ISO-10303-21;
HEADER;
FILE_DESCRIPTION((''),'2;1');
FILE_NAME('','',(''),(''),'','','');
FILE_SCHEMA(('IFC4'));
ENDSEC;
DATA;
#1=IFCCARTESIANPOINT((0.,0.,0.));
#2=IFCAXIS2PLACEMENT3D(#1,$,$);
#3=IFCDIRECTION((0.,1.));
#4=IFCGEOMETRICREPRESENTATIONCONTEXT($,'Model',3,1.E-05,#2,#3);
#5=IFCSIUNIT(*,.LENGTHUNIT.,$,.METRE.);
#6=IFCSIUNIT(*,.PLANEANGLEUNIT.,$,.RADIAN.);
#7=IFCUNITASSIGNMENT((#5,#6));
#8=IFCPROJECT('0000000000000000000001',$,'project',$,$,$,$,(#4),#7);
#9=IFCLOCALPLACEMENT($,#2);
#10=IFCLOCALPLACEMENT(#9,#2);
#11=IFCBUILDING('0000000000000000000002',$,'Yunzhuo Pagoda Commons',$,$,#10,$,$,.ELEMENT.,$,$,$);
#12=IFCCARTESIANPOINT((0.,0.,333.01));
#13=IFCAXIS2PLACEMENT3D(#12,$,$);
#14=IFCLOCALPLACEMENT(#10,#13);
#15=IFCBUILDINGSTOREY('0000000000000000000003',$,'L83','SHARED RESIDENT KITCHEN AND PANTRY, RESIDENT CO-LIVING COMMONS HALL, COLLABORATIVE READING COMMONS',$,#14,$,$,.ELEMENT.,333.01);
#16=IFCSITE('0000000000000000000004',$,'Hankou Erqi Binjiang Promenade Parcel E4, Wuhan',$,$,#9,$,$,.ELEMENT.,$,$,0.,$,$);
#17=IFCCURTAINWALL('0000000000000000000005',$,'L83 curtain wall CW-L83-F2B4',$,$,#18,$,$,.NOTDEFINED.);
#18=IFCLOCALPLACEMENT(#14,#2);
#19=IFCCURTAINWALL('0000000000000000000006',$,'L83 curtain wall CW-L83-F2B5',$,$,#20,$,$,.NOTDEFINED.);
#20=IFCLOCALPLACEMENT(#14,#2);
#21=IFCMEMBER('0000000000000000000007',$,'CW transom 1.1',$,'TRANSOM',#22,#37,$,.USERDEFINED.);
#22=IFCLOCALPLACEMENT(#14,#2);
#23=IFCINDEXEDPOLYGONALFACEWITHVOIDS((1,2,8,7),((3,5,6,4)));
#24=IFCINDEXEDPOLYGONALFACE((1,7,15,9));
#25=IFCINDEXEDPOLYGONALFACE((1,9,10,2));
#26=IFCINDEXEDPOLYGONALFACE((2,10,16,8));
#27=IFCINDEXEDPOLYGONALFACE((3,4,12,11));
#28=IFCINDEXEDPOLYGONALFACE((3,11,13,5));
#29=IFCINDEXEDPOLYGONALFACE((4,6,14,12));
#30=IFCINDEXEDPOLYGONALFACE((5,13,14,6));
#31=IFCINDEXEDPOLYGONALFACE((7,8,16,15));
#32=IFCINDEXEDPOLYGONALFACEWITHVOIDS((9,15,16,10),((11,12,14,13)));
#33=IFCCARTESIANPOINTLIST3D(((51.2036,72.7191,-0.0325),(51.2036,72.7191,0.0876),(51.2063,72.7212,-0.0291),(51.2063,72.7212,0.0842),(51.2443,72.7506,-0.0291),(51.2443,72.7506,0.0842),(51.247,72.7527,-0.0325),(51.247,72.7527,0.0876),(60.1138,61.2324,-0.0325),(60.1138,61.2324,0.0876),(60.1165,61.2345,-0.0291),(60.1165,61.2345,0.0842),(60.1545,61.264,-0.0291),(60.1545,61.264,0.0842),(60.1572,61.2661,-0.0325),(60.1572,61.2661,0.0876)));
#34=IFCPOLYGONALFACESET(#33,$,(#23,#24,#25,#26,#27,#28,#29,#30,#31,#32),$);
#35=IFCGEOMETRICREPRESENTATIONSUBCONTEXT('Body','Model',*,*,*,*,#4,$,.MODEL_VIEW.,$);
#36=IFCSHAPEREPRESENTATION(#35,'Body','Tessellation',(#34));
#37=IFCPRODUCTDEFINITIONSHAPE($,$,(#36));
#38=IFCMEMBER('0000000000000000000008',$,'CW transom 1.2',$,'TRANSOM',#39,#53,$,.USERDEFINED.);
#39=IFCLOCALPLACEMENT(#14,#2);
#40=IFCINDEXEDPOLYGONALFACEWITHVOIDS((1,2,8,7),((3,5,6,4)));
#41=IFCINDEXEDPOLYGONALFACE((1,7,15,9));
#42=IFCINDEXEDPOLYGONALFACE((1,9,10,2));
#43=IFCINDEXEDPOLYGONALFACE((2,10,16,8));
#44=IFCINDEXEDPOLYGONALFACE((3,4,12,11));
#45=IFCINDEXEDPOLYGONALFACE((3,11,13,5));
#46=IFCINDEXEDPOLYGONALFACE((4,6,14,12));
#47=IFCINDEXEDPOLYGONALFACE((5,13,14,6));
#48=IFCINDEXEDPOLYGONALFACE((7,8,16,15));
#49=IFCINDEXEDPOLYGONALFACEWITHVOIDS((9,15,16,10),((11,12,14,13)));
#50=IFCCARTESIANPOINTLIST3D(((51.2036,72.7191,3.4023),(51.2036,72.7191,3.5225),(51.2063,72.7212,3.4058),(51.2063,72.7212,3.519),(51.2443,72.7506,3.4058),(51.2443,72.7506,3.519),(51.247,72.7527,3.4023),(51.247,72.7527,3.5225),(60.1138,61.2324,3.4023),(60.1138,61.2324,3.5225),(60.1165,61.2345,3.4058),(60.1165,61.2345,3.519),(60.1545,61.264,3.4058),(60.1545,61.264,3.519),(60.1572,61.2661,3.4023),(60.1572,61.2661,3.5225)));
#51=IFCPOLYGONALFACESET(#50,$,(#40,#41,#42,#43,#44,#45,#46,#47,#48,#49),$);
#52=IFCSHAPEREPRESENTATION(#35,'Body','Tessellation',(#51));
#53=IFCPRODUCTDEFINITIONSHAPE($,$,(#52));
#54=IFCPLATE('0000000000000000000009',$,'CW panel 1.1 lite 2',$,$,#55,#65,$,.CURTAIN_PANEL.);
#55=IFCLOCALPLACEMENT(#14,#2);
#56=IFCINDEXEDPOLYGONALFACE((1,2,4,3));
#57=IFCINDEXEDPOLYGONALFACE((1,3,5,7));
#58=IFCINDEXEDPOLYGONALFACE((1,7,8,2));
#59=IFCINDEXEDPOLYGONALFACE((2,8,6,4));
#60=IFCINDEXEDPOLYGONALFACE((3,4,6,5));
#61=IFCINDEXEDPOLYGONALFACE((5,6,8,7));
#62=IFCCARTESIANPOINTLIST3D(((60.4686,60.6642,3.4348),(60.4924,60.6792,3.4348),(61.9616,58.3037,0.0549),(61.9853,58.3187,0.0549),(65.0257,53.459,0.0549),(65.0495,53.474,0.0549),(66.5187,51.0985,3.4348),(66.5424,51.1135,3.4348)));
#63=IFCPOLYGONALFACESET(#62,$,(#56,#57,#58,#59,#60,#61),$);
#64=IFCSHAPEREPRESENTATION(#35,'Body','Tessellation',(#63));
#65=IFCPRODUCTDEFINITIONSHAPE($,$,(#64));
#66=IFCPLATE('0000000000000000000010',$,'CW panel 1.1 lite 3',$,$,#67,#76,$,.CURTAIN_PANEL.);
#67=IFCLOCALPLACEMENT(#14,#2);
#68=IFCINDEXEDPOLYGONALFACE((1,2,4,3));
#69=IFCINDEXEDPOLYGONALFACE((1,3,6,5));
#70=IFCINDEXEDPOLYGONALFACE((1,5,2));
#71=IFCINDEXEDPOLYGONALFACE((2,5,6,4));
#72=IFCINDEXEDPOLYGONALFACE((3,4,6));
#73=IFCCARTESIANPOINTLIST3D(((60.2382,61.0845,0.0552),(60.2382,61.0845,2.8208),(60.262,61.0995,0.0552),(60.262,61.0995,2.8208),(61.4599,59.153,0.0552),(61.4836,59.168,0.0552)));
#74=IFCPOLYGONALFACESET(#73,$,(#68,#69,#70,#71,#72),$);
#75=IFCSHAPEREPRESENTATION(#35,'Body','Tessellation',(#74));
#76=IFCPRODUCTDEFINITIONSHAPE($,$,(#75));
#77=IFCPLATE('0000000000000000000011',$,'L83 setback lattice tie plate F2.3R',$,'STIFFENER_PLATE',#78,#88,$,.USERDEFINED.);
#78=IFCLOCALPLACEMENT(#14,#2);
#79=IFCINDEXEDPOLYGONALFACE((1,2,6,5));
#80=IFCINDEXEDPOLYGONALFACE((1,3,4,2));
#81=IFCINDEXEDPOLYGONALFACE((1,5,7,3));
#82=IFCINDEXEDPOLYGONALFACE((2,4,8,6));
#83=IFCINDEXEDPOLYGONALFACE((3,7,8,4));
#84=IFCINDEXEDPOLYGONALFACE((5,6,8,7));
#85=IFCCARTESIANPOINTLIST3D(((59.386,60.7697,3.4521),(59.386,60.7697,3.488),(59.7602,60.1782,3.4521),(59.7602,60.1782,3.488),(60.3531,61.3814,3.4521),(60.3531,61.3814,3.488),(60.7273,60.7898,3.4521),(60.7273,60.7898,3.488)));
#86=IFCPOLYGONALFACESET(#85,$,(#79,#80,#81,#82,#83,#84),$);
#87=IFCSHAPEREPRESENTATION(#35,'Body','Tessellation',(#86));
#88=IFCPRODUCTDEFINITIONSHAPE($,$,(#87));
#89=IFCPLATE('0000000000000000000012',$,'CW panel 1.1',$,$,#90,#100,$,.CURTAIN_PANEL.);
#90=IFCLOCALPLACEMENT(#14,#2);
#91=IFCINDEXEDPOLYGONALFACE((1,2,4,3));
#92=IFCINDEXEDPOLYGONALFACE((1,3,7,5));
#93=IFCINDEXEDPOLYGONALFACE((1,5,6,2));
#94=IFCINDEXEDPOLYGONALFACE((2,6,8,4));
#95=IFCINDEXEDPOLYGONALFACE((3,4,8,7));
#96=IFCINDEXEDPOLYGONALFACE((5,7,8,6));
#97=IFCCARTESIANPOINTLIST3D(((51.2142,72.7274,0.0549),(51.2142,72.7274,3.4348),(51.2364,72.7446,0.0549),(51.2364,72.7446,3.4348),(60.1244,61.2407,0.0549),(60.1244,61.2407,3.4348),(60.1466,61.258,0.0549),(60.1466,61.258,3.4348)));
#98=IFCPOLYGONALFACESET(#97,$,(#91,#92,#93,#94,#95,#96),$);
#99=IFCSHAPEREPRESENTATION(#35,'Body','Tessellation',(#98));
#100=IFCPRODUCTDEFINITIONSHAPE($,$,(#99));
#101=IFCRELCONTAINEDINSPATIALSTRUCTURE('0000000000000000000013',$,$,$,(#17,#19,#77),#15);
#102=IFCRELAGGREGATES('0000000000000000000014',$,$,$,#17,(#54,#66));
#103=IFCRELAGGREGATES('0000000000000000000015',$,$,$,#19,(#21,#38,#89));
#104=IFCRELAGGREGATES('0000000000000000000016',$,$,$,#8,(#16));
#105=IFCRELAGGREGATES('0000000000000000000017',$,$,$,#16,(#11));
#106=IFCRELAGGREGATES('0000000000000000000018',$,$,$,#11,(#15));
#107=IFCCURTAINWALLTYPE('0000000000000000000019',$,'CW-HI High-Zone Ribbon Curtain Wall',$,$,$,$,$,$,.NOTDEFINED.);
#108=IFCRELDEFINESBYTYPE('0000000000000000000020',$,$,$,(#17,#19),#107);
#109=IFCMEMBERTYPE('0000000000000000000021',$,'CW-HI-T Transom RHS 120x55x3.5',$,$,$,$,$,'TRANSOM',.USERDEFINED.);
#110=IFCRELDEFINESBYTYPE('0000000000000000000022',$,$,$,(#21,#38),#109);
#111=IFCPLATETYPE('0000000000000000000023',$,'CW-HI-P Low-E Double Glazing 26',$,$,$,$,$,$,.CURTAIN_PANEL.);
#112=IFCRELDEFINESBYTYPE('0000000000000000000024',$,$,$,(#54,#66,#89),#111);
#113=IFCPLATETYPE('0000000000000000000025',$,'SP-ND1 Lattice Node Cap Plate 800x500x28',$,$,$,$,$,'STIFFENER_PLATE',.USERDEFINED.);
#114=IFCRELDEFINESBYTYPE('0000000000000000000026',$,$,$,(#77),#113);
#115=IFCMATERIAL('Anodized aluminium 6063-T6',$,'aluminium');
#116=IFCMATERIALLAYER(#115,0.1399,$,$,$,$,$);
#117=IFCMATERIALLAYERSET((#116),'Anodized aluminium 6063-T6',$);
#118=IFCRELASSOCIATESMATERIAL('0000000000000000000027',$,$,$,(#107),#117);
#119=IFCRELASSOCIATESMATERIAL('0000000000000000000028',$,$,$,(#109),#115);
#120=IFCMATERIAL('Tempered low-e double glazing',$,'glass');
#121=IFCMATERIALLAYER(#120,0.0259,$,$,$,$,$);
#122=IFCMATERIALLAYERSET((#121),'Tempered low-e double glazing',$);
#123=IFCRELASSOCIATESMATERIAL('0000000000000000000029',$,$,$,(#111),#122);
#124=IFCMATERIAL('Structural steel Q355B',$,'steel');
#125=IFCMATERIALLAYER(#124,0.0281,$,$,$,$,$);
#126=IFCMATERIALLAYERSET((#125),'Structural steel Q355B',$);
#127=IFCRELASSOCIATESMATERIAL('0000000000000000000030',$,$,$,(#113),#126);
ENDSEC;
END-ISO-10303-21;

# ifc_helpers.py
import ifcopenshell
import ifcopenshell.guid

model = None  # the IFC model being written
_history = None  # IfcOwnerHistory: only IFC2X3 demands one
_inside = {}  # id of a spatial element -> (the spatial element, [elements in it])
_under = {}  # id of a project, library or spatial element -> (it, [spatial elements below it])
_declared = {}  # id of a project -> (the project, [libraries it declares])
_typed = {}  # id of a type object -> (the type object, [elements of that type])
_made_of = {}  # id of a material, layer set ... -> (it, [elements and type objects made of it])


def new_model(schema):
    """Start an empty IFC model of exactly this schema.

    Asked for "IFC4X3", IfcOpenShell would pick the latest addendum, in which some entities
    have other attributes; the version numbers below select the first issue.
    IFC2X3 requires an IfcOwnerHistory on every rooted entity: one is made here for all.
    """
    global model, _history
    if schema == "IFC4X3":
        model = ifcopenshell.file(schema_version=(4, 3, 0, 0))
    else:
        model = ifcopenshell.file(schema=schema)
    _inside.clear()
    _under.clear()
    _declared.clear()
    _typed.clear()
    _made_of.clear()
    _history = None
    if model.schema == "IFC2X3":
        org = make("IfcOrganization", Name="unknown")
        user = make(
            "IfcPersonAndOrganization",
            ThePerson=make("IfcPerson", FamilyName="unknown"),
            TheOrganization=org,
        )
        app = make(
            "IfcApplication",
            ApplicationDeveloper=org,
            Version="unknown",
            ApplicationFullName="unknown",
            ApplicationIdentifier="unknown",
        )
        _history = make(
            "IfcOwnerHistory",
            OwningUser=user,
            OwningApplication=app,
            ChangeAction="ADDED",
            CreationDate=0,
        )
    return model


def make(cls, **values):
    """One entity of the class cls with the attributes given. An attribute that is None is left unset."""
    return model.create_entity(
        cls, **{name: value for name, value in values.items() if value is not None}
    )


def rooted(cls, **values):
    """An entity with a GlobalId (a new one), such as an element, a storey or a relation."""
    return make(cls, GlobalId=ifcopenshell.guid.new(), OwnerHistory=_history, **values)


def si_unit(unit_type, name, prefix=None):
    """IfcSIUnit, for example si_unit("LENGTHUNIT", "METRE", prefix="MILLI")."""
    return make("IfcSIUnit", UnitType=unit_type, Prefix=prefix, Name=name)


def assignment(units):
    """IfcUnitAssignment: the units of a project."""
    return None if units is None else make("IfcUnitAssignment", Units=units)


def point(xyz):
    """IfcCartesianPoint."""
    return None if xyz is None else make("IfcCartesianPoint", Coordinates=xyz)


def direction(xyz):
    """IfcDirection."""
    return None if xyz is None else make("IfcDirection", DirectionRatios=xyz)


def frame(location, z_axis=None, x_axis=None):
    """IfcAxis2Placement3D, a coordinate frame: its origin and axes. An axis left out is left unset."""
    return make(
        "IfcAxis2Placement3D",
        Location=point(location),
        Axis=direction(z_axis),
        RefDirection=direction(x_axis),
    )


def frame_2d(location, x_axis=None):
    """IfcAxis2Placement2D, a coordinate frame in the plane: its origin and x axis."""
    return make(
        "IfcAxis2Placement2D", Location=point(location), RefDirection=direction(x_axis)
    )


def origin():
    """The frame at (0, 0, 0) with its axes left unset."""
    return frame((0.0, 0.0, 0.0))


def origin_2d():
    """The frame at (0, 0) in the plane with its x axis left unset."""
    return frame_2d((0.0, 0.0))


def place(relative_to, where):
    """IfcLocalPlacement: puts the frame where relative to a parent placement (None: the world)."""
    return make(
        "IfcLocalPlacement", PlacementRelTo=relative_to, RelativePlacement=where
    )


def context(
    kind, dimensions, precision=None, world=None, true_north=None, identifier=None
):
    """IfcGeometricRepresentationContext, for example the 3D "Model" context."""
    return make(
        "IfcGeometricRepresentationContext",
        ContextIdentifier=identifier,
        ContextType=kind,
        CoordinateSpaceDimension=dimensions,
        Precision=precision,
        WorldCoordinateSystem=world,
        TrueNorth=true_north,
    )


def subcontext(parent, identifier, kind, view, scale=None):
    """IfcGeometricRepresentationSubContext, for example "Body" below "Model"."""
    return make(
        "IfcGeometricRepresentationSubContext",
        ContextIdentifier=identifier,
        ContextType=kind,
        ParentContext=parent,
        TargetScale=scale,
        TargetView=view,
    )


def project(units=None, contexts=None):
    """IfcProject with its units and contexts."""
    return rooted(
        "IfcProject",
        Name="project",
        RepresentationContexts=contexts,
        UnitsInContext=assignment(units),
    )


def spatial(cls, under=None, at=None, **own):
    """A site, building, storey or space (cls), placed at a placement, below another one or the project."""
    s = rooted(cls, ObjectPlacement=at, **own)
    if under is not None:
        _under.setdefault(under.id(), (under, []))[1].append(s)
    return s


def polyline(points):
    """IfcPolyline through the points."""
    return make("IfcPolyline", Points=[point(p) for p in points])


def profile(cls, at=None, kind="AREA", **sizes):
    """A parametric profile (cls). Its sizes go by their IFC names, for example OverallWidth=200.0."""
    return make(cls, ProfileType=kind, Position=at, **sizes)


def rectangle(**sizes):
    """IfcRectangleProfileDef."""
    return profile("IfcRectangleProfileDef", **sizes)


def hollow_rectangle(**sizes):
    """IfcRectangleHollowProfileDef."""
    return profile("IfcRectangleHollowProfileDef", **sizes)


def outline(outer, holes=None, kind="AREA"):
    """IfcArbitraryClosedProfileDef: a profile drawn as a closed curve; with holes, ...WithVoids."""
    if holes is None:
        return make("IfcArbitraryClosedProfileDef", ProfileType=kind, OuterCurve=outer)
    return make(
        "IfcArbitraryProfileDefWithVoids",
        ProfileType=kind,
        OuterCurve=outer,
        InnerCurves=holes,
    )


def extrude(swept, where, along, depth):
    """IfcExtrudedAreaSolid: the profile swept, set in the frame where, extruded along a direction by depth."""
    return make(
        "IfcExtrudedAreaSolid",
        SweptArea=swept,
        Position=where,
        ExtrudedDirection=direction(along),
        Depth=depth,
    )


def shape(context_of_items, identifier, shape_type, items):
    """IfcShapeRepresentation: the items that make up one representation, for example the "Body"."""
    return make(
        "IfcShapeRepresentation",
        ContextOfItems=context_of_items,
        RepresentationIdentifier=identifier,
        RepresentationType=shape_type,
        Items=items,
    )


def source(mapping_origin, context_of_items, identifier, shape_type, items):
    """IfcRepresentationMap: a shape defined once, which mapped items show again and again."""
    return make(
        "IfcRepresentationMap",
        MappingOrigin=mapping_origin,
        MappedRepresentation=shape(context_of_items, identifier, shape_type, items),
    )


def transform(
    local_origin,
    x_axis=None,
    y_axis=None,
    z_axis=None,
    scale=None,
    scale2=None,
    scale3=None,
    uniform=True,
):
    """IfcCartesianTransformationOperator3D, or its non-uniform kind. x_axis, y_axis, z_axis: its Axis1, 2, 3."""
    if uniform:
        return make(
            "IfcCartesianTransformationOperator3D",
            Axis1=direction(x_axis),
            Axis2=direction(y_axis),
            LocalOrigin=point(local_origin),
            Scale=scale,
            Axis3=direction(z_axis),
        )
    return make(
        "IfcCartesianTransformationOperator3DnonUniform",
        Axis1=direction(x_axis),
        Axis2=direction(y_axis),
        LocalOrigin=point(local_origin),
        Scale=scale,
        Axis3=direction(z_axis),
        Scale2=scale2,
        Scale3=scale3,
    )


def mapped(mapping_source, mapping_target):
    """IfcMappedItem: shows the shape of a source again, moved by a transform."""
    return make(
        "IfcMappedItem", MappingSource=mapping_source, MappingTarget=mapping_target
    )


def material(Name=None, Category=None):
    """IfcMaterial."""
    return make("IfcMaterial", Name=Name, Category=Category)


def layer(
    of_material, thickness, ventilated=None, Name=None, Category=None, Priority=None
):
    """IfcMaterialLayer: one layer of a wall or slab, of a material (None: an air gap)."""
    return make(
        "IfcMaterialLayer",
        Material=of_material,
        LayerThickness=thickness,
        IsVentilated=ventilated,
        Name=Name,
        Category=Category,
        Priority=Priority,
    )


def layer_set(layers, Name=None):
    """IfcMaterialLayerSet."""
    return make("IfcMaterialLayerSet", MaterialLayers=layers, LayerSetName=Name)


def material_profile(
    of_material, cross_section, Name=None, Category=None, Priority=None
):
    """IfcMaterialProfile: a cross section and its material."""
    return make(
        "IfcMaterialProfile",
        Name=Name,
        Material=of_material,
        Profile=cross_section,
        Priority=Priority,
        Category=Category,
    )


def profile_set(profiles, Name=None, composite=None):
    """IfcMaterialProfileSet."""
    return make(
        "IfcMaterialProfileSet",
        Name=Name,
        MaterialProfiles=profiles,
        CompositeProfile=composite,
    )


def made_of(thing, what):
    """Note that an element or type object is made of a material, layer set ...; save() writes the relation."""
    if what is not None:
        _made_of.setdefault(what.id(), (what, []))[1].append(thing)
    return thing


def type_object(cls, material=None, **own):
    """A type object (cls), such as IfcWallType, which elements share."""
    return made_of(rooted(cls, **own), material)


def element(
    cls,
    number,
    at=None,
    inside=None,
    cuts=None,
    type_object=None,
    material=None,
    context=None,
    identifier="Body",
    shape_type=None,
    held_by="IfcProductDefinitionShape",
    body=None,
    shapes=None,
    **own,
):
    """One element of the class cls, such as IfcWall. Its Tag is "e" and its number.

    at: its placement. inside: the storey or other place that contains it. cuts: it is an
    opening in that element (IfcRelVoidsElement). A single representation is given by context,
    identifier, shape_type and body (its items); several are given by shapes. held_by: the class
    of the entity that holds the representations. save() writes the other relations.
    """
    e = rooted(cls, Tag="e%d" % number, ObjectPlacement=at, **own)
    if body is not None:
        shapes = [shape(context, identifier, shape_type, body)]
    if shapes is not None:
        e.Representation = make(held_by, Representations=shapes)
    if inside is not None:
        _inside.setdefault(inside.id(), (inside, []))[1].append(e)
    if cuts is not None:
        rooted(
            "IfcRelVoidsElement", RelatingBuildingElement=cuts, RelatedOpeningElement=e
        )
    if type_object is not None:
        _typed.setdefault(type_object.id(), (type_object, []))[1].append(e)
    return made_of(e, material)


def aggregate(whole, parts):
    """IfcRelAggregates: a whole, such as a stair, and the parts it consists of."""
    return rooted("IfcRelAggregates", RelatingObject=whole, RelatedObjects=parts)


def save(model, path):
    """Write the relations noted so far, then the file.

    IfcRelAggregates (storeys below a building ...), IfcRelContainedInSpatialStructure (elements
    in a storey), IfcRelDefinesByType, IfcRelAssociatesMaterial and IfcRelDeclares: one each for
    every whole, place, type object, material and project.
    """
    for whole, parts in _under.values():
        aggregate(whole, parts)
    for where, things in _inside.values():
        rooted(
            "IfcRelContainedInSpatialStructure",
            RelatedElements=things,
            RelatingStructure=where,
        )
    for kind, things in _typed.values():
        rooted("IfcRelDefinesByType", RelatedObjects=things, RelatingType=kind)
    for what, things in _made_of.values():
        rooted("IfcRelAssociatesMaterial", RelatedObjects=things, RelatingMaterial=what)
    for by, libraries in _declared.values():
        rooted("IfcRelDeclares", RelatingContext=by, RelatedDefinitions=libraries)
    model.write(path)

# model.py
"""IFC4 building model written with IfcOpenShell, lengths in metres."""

from ifc_helpers import new_model, si_unit, direction, frame, origin, origin_2d, place, context, subcontext, project, spatial, polyline, rectangle, hollow_rectangle, outline, extrude, source, transform, mapped, material, layer, layer_set, material_profile, profile_set, type_object, element, aggregate, save


model = new_model("IFC4")

# Units and contexts
model_context = context("Model", 3, precision=1e-05, world=origin(), true_north=direction((0.0, 1.0)))
body_context = subcontext(model_context, "Body", "Model", "MODEL_VIEW")
ifc_project = project(units=[si_unit("LENGTHUNIT", "METRE"), si_unit("PLANEANGLEUNIT", "RADIAN")], contexts=[model_context])

# Site, building, storey
site_placement = place(None, origin())
site = spatial("IfcSite", under=ifc_project, at=site_placement, Name="Hankou Erqi Binjiang Promenade Parcel E4, Wuhan", CompositionType="ELEMENT", RefElevation=0.0)
building_placement = place(site_placement, origin())
building = spatial("IfcBuilding", under=site, at=building_placement, Name="Yunzhuo Pagoda Commons", CompositionType="ELEMENT")
storey_placement = place(building_placement, frame((0.0, 0.0, 333.01)))
storey = spatial("IfcBuildingStorey", under=building, at=storey_placement, Name="L83", Description="SHARED RESIDENT KITCHEN AND PANTRY, RESIDENT CO-LIVING COMMONS HALL, COLLABORATIVE READING COMMONS", CompositionType="ELEMENT", Elevation=333.01)

# Shared definitions
ifc_material_1 = material(Name="Structural steel Q355B", Category="steel")

# Curtain wall
ifc_material_2 = material(Name="Anodized aluminium 6063-T6", Category="aluminium")
ifc_layer_1 = layer(ifc_material_2, 0.1399)
ifc_layer_set_1 = layer_set([ifc_layer_1], Name="Anodized aluminium 6063-T6")
curtain_wall_type = type_object("IfcCurtainWallType", Name="CW-HI High-Zone Ribbon Curtain Wall", PredefinedType="NOTDEFINED", material=ifc_layer_set_1)
curtain_wall_1_placement = place(storey_placement, origin())
curtain_wall_1 = element("IfcCurtainWall", 1, at=curtain_wall_1_placement, inside=storey, type_object=curtain_wall_type, Name="L83 curtain wall CW-L83-F2B4", PredefinedType="NOTDEFINED")

# Curtain wall, members
curtain_wall_2_placement = place(storey_placement, origin())
curtain_wall_2 = element("IfcCurtainWall", 2, at=curtain_wall_2_placement, inside=storey, type_object=curtain_wall_type, Name="L83 curtain wall CW-L83-F2B5", PredefinedType="NOTDEFINED")
ifc_material_profile_1 = material_profile(ifc_material_2, hollow_rectangle(XDim=0.0549, YDim=0.1201, WallThickness=0.0034, at=origin_2d()), Name="Anodized aluminium 6063-T6")
ifc_profile_set_1 = profile_set([ifc_material_profile_1], Name="Anodized aluminium 6063-T6")
member_type_1 = type_object("IfcMemberType", Name="CW-HI-T Transom RHS 120x55x3.5", ElementType="TRANSOM", PredefinedType="USERDEFINED", material=ifc_profile_set_1)
shared_shape_1 = source(origin(), body_context, "Body", "SweptSolid", [
    extrude(hollow_rectangle(XDim=0.0549, YDim=0.1201, WallThickness=0.0034, at=origin_2d()), origin(), (0.0, 0.0, 1.0), 14.5374),
])
member_1_placement = place(storey_placement, frame((60.1355, 61.2493, 0.0276), z_axis=(-0.612918, 0.790146, 0.0), x_axis=(-0.790146, -0.612918, 0.0)))
member_1 = element("IfcMember", 3, at=member_1_placement, type_object=member_type_1, Name="CW transom 1.1", ObjectType="TRANSOM", PredefinedType="USERDEFINED", context=body_context, shape_type="MappedRepresentation", body=[
    mapped(shared_shape_1, transform((0.0, 0.0, 0.0), scale=1.0)),
])
member_2_placement = place(storey_placement, frame((60.1355, 61.2493, 3.4624), z_axis=(-0.612918, 0.790146, 0.0), x_axis=(-0.790146, -0.612918, 0.0)))
member_2 = element("IfcMember", 4, at=member_2_placement, type_object=member_type_1, Name="CW transom 1.2", ObjectType="TRANSOM", PredefinedType="USERDEFINED", context=body_context, shape_type="MappedRepresentation", body=[
    mapped(shared_shape_1, transform((0.0, 0.0, 0.0), scale=1.0)),
])

# Plates
ifc_material_3 = material(Name="Tempered low-e double glazing", Category="glass")
ifc_layer_2 = layer(ifc_material_3, 0.0259)
ifc_layer_set_2 = layer_set([ifc_layer_2], Name="Tempered low-e double glazing")
plate_type_1 = type_object("IfcPlateType", Name="CW-HI-P Low-E Double Glazing 26", PredefinedType="CURTAIN_PANEL", material=ifc_layer_set_2)
plate_1_placement = place(storey_placement, frame((63.4937, 55.8813, 1.7449), z_axis=(0.845149, 0.534531, 0.0), x_axis=(-0.534531, 0.845149, 0.0)))
plate_1 = element("IfcPlate", 5, at=plate_1_placement, type_object=plate_type_1, Name="CW panel 1.1 lite 2", PredefinedType="CURTAIN_PANEL", context=body_context, shape_type="SweptSolid", body=[
    extrude(outline(polyline([(-5.6592, 1.6899), (-2.8662, -1.6899), (2.8662, -1.6899), (5.6592, 1.6899), (-5.6592, 1.6899)])), origin(), (0.0, 0.0, 1.0), 0.0281),
])
plate_2_placement = place(storey_placement, frame((60.8491, 60.1187, 1.438), z_axis=(0.845149, 0.534531, 0.0), x_axis=(-0.534531, 0.845149, 0.0)))
plate_2 = element("IfcPlate", 6, at=plate_2_placement, type_object=plate_type_1, Name="CW panel 1.1 lite 3", PredefinedType="CURTAIN_PANEL", context=body_context, shape_type="SweptSolid", body=[
    extrude(outline(polyline([(-1.1426, -1.3828), (1.1428, -1.3828), (1.1428, 1.3828), (-1.1426, -1.3828)])), origin(), (0.0, 0.0, 1.0), 0.0281),
])
aggregate(curtain_wall_1, [plate_1, plate_2])
ifc_layer_3 = layer(ifc_material_1, 0.0281)
ifc_layer_set_3 = layer_set([ifc_layer_3], Name="Structural steel Q355B")
plate_type_2 = type_object("IfcPlateType", Name="SP-ND1 Lattice Node Cap Plate 800x500x28", ElementType="STIFFENER_PLATE", PredefinedType="USERDEFINED", material=ifc_layer_set_3)
shared_shape_2 = source(origin(), body_context, "Body", "SweptSolid", [
    extrude(rectangle(XDim=0.7, YDim=1.1443, at=origin_2d()), origin(), (0.0, 0.0, 1.0), 0.0359),
])
plate_3_placement = place(storey_placement, frame((60.0566, 60.7798, 3.4521), z_axis=(0.0, 0.0, 1.0), x_axis=(-0.534529, 0.84515, 0.0)))
element("IfcPlate", 7, at=plate_3_placement, inside=storey, type_object=plate_type_2, Name="L83 setback lattice tie plate F2.3R", ObjectType="STIFFENER_PLATE", PredefinedType="USERDEFINED", context=body_context, shape_type="MappedRepresentation", body=[
    mapped(shared_shape_2, transform((0.0, 0.0, 0.0), scale=1.0)),
])
shared_shape_3 = source(origin(), body_context, "Body", "SweptSolid", [
    extrude(rectangle(XDim=14.5374, YDim=0.0281, at=origin_2d()), origin(), (0.0, 0.0, 1.0), 3.3799),
])
plate_4_placement = place(storey_placement, frame((55.6804, 66.9927, 0.0549), z_axis=(0.0, 0.0, 1.0), x_axis=(-0.612918, 0.790147, 0.0)))
plate_4 = element("IfcPlate", 8, at=plate_4_placement, type_object=plate_type_1, Name="CW panel 1.1", PredefinedType="CURTAIN_PANEL", context=body_context, shape_type="MappedRepresentation", body=[
    mapped(shared_shape_3, transform((0.0, 0.0, 0.0), scale=1.0)),
])
aggregate(curtain_wall_2, [member_1, member_2, plate_4])

save(model, "model.ifc")
